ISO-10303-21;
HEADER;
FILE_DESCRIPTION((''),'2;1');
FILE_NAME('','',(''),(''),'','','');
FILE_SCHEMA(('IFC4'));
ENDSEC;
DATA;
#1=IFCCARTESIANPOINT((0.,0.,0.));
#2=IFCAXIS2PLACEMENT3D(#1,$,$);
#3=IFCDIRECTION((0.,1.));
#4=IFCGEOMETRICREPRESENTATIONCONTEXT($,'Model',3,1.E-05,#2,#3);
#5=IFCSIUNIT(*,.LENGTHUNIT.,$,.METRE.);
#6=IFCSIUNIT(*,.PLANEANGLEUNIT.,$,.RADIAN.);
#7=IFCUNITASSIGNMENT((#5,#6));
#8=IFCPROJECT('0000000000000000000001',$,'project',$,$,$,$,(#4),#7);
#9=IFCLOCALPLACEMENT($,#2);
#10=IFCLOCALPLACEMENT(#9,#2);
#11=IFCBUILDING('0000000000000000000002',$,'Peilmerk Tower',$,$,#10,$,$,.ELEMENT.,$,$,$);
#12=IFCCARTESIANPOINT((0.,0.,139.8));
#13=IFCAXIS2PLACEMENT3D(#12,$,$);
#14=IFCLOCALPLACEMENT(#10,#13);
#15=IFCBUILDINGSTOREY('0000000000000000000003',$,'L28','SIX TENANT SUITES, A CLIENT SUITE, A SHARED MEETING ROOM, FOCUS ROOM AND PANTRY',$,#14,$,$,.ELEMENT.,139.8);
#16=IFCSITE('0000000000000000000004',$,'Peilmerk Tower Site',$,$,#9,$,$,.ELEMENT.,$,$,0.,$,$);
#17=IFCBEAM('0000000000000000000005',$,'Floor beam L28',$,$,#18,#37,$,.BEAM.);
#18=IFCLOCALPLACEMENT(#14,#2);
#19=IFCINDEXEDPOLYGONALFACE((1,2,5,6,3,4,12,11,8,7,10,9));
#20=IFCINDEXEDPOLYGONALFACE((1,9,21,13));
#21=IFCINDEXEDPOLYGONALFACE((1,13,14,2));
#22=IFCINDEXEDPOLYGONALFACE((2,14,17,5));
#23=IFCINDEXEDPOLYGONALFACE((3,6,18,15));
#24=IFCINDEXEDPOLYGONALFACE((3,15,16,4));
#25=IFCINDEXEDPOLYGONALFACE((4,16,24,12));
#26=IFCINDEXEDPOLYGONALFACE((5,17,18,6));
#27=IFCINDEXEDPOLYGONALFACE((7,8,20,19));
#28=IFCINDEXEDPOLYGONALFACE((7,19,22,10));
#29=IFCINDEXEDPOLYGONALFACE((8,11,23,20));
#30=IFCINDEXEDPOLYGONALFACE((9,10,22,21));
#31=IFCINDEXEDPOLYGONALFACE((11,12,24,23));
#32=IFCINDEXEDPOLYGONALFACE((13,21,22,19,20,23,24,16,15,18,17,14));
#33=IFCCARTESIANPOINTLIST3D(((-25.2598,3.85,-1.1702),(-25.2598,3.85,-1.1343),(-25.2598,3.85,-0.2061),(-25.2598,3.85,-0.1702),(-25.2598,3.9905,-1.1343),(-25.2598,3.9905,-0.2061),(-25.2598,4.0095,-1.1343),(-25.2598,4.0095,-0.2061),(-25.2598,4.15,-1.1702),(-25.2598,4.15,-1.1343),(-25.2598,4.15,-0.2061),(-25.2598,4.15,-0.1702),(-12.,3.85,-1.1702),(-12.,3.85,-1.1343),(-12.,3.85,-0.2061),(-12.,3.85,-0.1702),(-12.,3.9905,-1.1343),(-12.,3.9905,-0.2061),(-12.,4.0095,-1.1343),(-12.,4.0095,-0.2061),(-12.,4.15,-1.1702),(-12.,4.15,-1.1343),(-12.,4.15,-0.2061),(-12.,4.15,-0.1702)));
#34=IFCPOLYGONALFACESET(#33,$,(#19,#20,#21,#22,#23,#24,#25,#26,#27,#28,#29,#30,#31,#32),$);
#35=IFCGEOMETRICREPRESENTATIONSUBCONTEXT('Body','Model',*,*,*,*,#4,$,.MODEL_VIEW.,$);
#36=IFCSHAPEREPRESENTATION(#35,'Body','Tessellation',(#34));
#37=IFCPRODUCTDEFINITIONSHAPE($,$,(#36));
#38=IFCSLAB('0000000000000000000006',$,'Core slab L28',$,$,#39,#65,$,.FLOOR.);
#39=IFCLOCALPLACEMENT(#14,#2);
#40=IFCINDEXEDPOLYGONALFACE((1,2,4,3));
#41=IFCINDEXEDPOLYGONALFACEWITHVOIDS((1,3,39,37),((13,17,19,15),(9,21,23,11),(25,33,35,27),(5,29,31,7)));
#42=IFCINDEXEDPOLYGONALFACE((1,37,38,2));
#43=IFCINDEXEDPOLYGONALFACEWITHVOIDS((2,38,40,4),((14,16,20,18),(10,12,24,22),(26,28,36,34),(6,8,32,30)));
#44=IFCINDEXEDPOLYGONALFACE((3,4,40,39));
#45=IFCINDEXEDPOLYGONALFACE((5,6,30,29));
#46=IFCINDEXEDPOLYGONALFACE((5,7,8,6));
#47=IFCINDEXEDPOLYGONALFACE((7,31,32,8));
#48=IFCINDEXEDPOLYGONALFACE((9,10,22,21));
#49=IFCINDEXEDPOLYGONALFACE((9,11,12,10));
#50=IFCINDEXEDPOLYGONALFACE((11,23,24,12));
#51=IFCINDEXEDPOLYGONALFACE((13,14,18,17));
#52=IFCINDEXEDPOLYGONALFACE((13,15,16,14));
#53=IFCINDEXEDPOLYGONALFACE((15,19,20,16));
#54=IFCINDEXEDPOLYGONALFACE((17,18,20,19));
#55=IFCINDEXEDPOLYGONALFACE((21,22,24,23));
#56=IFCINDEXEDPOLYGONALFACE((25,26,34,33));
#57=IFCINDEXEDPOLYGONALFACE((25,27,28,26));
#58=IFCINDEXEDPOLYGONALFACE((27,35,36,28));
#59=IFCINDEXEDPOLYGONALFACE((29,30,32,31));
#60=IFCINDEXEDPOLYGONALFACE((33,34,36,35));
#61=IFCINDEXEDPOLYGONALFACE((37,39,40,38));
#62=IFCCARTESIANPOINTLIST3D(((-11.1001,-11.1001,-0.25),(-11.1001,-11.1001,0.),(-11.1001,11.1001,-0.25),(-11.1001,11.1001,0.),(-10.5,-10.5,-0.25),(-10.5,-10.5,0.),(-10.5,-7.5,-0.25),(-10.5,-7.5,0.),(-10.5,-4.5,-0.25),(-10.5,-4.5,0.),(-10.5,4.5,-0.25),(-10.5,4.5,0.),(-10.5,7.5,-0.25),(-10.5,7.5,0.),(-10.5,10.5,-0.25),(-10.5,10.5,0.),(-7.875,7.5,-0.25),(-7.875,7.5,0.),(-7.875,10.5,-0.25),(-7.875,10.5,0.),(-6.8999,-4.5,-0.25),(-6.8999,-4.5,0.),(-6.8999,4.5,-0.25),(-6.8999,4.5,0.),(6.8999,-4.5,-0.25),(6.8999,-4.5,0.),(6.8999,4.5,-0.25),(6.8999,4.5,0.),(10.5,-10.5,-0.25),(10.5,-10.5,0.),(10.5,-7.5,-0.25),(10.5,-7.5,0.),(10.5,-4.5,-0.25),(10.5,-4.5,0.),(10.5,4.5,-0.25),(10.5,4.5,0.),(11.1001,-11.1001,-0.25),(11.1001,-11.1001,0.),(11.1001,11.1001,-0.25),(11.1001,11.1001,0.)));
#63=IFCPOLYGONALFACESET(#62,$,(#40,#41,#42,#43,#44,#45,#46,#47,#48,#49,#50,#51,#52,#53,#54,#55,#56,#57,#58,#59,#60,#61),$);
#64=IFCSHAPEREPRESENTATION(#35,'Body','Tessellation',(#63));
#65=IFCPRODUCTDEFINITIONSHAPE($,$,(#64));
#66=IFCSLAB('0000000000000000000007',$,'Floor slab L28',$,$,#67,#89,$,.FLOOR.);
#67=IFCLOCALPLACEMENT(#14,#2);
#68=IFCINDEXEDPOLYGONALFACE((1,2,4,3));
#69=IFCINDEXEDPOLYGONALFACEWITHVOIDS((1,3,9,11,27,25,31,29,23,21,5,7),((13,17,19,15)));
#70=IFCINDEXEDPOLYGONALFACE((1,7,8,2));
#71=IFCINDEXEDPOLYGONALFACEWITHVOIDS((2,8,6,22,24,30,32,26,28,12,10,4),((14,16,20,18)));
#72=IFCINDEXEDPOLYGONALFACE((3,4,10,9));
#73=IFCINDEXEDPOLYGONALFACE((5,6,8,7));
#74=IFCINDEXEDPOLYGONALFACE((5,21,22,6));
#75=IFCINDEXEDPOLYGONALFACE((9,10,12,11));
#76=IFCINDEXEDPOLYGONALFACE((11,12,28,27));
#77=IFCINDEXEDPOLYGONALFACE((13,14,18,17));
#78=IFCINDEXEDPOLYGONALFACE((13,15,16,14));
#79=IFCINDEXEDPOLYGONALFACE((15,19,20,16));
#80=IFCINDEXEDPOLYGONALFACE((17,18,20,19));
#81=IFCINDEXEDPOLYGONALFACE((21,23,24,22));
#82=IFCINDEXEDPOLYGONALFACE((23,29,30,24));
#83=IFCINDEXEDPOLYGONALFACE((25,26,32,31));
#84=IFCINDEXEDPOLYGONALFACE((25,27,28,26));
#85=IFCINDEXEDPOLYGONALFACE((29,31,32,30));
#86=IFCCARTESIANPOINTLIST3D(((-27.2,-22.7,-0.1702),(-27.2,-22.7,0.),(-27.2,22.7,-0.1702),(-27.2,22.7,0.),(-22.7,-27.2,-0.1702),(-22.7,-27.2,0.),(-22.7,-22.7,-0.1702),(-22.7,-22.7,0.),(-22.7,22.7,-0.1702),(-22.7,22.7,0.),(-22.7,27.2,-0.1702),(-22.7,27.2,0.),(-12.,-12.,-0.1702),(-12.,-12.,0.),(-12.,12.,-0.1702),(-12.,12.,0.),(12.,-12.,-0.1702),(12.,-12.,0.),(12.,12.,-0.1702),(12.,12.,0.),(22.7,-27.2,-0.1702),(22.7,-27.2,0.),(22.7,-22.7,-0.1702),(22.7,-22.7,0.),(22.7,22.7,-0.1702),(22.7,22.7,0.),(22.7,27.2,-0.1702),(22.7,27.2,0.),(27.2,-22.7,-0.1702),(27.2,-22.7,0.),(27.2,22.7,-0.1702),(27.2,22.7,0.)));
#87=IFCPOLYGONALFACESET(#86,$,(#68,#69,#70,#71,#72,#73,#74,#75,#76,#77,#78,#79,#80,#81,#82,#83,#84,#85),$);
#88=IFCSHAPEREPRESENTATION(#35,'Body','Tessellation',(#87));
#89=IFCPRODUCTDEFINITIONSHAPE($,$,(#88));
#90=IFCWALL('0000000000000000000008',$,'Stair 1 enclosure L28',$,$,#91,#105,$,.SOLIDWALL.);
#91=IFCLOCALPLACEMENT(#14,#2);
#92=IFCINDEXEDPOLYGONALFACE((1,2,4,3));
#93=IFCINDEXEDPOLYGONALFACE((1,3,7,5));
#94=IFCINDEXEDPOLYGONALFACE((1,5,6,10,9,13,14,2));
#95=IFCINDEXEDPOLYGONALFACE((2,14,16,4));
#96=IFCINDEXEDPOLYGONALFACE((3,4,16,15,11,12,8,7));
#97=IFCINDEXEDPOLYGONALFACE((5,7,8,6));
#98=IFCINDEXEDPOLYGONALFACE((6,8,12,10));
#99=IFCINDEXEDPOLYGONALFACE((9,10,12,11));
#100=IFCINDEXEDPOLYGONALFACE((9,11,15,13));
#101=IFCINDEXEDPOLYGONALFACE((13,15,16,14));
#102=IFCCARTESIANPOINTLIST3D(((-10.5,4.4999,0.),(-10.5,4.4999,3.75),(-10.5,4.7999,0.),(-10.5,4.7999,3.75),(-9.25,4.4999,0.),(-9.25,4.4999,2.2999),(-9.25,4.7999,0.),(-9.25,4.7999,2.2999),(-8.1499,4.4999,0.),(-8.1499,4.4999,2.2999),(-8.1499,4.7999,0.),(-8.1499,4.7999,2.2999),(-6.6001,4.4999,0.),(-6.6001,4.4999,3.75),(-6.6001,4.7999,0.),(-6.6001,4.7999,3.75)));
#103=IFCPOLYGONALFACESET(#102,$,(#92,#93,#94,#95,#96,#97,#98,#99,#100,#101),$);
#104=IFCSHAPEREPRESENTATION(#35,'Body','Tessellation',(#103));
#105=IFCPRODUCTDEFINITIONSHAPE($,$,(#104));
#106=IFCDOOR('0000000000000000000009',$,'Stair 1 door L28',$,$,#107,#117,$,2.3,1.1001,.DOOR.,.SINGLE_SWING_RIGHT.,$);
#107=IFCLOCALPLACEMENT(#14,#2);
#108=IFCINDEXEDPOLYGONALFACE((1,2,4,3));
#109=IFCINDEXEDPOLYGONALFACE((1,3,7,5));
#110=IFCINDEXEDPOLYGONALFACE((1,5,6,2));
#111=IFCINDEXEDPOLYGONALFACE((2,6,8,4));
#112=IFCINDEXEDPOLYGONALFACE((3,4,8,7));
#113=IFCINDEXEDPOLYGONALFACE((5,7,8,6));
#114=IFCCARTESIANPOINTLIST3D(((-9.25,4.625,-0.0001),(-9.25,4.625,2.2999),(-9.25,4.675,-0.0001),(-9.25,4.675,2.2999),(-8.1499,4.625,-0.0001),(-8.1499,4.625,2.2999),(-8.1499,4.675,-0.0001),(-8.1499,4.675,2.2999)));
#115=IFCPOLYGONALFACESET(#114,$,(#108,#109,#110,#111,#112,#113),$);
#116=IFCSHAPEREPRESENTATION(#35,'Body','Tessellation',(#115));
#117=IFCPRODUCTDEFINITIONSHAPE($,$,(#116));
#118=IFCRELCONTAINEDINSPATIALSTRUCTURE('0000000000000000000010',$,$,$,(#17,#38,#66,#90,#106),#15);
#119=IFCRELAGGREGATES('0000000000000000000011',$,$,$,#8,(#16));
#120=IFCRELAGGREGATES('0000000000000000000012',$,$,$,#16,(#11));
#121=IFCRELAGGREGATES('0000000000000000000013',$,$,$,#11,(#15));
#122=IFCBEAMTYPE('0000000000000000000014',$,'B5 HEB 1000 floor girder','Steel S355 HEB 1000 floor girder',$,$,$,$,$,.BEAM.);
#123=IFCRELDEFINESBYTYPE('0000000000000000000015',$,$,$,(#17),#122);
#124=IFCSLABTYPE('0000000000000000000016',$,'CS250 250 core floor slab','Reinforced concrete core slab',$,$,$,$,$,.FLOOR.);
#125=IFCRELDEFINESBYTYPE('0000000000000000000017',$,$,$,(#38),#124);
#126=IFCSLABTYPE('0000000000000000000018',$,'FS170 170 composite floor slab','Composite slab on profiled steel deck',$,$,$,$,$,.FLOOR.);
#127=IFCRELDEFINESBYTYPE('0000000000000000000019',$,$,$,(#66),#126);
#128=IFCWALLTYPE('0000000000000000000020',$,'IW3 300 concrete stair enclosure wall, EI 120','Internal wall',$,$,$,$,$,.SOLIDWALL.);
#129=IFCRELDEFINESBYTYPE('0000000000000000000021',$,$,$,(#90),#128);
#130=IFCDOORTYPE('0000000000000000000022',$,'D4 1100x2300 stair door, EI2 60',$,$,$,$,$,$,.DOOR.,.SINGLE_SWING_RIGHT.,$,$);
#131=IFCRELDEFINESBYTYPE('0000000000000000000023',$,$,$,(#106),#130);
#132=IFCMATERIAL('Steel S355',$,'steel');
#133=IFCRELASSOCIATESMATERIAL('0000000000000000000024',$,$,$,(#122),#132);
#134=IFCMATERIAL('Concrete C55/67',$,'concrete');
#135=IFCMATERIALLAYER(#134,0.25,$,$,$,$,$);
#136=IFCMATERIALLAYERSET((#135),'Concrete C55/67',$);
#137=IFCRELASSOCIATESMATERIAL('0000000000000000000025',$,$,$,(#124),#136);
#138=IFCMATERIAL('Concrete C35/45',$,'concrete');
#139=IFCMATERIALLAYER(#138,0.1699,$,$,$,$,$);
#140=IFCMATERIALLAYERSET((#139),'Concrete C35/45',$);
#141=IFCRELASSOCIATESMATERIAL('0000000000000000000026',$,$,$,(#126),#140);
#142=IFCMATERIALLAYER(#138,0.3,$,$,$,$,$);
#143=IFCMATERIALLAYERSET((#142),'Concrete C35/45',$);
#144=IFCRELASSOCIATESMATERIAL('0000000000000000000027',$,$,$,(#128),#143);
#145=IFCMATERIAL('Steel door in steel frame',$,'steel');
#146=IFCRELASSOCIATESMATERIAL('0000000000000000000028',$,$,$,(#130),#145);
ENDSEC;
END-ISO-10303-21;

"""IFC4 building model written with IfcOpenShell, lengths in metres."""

from ifc_helpers import new_model, si_unit, direction, frame, frame_2d, origin, origin_2d, place, context, subcontext, project, spatial, polyline, rectangle, i_section, outline, extrude, material, layer, layer_set, material_profile, profile_set, type_object, element, fill, save


model = new_model("IFC4")

# Units and contexts
model_context = context("Model", 3, precision=1e-05, world=origin(), true_north=direction((0.0, 1.0)))
body_context = subcontext(model_context, "Body", "Model", "MODEL_VIEW")
ifc_project = project(units=[si_unit("LENGTHUNIT", "METRE"), si_unit("PLANEANGLEUNIT", "RADIAN")], contexts=[model_context])

# Site, building, storey
site_placement = place(None, origin())
site = spatial("IfcSite", under=ifc_project, at=site_placement, Name="Peilmerk Tower Site", CompositionType="ELEMENT", RefElevation=0.0)
building_placement = place(site_placement, origin())
building = spatial("IfcBuilding", under=site, at=building_placement, Name="Peilmerk Tower", CompositionType="ELEMENT")
storey_placement = place(building_placement, frame((0.0, 0.0, 139.8)))
storey = spatial("IfcBuildingStorey", under=building, at=storey_placement, Name="L28", Description="SIX TENANT SUITES, A CLIENT SUITE, A SHARED MEETING ROOM, FOCUS ROOM AND PANTRY", CompositionType="ELEMENT", Elevation=139.8)

# Beam
ifc_material_1 = material(Name="Steel S355", Category="steel")
ifc_material_profile = material_profile(ifc_material_1, i_section(OverallWidth=0.3, OverallDepth=1.0, WebThickness=0.019, FlangeThickness=0.0359, at=origin_2d()), Name="HEB 1000")
ifc_profile_set = profile_set([ifc_material_profile], Name="Steel S355")
beam_type = type_object("IfcBeamType", Name="B5 HEB 1000 floor girder", Description="Steel S355 HEB 1000 floor girder", PredefinedType="BEAM", material=ifc_profile_set)
beam_placement = place(storey_placement, frame((-12.0, 4.0, -0.6702), z_axis=(-1.0, 0.0, 0.0), x_axis=(0.0, -1.0, 0.0)))
element("IfcBeam", 1, at=beam_placement, inside=storey, type_object=beam_type, Name="Floor beam L28", PredefinedType="BEAM", context=body_context, shape_type="SweptSolid", body=[
    extrude(i_section(OverallWidth=0.3, OverallDepth=1.0, WebThickness=0.019, FlangeThickness=0.0359, at=origin_2d()), origin(), (0.0, 0.0, 1.0), 13.2598),
])

# Slabs
ifc_material_2 = material(Name="Concrete C55/67", Category="concrete")
ifc_layer_1 = layer(ifc_material_2, 0.25)
ifc_layer_set_1 = layer_set([ifc_layer_1], Name="Concrete C55/67")
slab_type_1 = type_object("IfcSlabType", Name="CS250 250 core floor slab", Description="Reinforced concrete core slab", PredefinedType="FLOOR", material=ifc_layer_set_1)
slab_1_placement = place(storey_placement, frame((0.0, 0.0, -0.25)))
element("IfcSlab", 2, at=slab_1_placement, inside=storey, type_object=slab_type_1, Name="Core slab L28", PredefinedType="FLOOR", context=body_context, shape_type="SweptSolid", body=[
    extrude(outline(polyline([(11.1001, 11.1001), (-11.1001, 11.1001), (-11.1001, -11.1001), (11.1001, -11.1001), (11.1001, 11.1001)]), holes=[polyline([(-10.5, 7.5), (-10.5, 10.5), (-7.875, 10.5), (-7.875, 7.5), (-10.5, 7.5)]), polyline([(-10.5, -10.5), (-10.5, -7.5), (10.5, -7.5), (10.5, -10.5), (-10.5, -10.5)]), polyline([(-10.5, 4.5), (-6.8999, 4.5), (-6.8999, -4.5), (-10.5, -4.5), (-10.5, 4.5)]), polyline([(10.5, 4.5), (10.5, -4.5), (6.8999, -4.5), (6.8999, 4.5), (10.5, 4.5)])]), origin(), (0.0, 0.0, 1.0), 0.25),
])
ifc_material_3 = material(Name="Concrete C35/45", Category="concrete")
ifc_layer_2 = layer(ifc_material_3, 0.1699)
ifc_layer_set_2 = layer_set([ifc_layer_2], Name="Concrete C35/45")
slab_type_2 = type_object("IfcSlabType", Name="FS170 170 composite floor slab", Description="Composite slab on profiled steel deck", PredefinedType="FLOOR", material=ifc_layer_set_2)
slab_2_placement = place(storey_placement, frame((0.0, 0.0, -0.1702)))
element("IfcSlab", 3, at=slab_2_placement, inside=storey, type_object=slab_type_2, Name="Floor slab L28", PredefinedType="FLOOR", context=body_context, shape_type="SweptSolid", body=[
    extrude(outline(polyline([(-22.7, -27.2), (22.7, -27.2), (22.7, -22.7), (27.2, -22.7), (27.2, 22.7), (22.7, 22.7), (22.7, 27.2), (-22.7, 27.2), (-22.7, 22.7), (-27.2, 22.7), (-27.2, -22.7), (-22.7, -22.7), (-22.7, -27.2)]), holes=[polyline([(12.0, 12.0), (12.0, -12.0), (-12.0, -12.0), (-12.0, 12.0), (12.0, 12.0)])]), origin(), (0.0, 0.0, 1.0), 0.1702),
])

# Wall, opening, door
ifc_layer_3 = layer(ifc_material_3, 0.3)
ifc_layer_set_3 = layer_set([ifc_layer_3], Name="Concrete C35/45")
wall_type_1 = type_object("IfcWallType", Name="IW3 300 concrete stair enclosure wall, EI 120", Description="Internal wall", PredefinedType="SOLIDWALL", material=ifc_layer_set_3)
wall_1_placement = place(storey_placement, frame((-10.5, 4.6499, 0.0), z_axis=(0.0, 0.0, 1.0), x_axis=(1.0, 0.0, 0.0)))
wall_1 = element("IfcWall", 4, at=wall_1_placement, inside=storey, type_object=wall_type_1, Name="Stair 1 enclosure L28", PredefinedType="SOLIDWALL", context=body_context, shape_type="SweptSolid", body=[
    extrude(rectangle(XDim=3.8999, YDim=0.3, at=frame_2d((1.95, 0.0))), origin(), (0.0, 0.0, 1.0), 3.75),
])
opening_1_placement = place(wall_1_placement, frame((1.25, 0.0, 0.0)))
opening_1 = element("IfcOpeningElement", 5, at=opening_1_placement, cuts=wall_1, PredefinedType="OPENING", context=body_context, shape_type="SweptSolid", body=[
    extrude(rectangle(XDim=1.1001, YDim=2.3, at=frame_2d((0.55, 1.1499))), frame((0.0, 0.1599, 0.0), z_axis=(0.0, -1.0, 0.0), x_axis=(1.0, 0.0, 0.0)), (0.0, 0.0, 1.0), 0.3201),
])
ifc_material_4 = material(Name="Steel door in steel frame", Category="steel")
door_type_1 = type_object("IfcDoorType", Name="D4 1100x2300 stair door, EI2 60", OperationType="SINGLE_SWING_RIGHT", PredefinedType="DOOR", material=ifc_material_4)
door_1_placement = place(opening_1_placement, frame((1.1001, 0.0, 0.0), z_axis=(0.0, 0.0, 1.0), x_axis=(-1.0, 0.0, 0.0)))
door_1 = element("IfcDoor", 6, at=door_1_placement, inside=storey, type_object=door_type_1, Name="Stair 1 door L28", OperationType="SINGLE_SWING_RIGHT", OverallHeight=2.3, OverallWidth=1.1001, PredefinedType="DOOR", context=body_context, shape_type="SweptSolid", body=[
    extrude(rectangle(XDim=1.1001, YDim=2.3, at=frame_2d((0.55, 1.1499))), frame((0.0, 0.0249, 0.0), z_axis=(0.0, -1.0, 0.0), x_axis=(1.0, 0.0, 0.0)), (0.0, 0.0, 1.0), 0.05),
])
fill(opening_1, door_1)

save(model, "model.ifc")
